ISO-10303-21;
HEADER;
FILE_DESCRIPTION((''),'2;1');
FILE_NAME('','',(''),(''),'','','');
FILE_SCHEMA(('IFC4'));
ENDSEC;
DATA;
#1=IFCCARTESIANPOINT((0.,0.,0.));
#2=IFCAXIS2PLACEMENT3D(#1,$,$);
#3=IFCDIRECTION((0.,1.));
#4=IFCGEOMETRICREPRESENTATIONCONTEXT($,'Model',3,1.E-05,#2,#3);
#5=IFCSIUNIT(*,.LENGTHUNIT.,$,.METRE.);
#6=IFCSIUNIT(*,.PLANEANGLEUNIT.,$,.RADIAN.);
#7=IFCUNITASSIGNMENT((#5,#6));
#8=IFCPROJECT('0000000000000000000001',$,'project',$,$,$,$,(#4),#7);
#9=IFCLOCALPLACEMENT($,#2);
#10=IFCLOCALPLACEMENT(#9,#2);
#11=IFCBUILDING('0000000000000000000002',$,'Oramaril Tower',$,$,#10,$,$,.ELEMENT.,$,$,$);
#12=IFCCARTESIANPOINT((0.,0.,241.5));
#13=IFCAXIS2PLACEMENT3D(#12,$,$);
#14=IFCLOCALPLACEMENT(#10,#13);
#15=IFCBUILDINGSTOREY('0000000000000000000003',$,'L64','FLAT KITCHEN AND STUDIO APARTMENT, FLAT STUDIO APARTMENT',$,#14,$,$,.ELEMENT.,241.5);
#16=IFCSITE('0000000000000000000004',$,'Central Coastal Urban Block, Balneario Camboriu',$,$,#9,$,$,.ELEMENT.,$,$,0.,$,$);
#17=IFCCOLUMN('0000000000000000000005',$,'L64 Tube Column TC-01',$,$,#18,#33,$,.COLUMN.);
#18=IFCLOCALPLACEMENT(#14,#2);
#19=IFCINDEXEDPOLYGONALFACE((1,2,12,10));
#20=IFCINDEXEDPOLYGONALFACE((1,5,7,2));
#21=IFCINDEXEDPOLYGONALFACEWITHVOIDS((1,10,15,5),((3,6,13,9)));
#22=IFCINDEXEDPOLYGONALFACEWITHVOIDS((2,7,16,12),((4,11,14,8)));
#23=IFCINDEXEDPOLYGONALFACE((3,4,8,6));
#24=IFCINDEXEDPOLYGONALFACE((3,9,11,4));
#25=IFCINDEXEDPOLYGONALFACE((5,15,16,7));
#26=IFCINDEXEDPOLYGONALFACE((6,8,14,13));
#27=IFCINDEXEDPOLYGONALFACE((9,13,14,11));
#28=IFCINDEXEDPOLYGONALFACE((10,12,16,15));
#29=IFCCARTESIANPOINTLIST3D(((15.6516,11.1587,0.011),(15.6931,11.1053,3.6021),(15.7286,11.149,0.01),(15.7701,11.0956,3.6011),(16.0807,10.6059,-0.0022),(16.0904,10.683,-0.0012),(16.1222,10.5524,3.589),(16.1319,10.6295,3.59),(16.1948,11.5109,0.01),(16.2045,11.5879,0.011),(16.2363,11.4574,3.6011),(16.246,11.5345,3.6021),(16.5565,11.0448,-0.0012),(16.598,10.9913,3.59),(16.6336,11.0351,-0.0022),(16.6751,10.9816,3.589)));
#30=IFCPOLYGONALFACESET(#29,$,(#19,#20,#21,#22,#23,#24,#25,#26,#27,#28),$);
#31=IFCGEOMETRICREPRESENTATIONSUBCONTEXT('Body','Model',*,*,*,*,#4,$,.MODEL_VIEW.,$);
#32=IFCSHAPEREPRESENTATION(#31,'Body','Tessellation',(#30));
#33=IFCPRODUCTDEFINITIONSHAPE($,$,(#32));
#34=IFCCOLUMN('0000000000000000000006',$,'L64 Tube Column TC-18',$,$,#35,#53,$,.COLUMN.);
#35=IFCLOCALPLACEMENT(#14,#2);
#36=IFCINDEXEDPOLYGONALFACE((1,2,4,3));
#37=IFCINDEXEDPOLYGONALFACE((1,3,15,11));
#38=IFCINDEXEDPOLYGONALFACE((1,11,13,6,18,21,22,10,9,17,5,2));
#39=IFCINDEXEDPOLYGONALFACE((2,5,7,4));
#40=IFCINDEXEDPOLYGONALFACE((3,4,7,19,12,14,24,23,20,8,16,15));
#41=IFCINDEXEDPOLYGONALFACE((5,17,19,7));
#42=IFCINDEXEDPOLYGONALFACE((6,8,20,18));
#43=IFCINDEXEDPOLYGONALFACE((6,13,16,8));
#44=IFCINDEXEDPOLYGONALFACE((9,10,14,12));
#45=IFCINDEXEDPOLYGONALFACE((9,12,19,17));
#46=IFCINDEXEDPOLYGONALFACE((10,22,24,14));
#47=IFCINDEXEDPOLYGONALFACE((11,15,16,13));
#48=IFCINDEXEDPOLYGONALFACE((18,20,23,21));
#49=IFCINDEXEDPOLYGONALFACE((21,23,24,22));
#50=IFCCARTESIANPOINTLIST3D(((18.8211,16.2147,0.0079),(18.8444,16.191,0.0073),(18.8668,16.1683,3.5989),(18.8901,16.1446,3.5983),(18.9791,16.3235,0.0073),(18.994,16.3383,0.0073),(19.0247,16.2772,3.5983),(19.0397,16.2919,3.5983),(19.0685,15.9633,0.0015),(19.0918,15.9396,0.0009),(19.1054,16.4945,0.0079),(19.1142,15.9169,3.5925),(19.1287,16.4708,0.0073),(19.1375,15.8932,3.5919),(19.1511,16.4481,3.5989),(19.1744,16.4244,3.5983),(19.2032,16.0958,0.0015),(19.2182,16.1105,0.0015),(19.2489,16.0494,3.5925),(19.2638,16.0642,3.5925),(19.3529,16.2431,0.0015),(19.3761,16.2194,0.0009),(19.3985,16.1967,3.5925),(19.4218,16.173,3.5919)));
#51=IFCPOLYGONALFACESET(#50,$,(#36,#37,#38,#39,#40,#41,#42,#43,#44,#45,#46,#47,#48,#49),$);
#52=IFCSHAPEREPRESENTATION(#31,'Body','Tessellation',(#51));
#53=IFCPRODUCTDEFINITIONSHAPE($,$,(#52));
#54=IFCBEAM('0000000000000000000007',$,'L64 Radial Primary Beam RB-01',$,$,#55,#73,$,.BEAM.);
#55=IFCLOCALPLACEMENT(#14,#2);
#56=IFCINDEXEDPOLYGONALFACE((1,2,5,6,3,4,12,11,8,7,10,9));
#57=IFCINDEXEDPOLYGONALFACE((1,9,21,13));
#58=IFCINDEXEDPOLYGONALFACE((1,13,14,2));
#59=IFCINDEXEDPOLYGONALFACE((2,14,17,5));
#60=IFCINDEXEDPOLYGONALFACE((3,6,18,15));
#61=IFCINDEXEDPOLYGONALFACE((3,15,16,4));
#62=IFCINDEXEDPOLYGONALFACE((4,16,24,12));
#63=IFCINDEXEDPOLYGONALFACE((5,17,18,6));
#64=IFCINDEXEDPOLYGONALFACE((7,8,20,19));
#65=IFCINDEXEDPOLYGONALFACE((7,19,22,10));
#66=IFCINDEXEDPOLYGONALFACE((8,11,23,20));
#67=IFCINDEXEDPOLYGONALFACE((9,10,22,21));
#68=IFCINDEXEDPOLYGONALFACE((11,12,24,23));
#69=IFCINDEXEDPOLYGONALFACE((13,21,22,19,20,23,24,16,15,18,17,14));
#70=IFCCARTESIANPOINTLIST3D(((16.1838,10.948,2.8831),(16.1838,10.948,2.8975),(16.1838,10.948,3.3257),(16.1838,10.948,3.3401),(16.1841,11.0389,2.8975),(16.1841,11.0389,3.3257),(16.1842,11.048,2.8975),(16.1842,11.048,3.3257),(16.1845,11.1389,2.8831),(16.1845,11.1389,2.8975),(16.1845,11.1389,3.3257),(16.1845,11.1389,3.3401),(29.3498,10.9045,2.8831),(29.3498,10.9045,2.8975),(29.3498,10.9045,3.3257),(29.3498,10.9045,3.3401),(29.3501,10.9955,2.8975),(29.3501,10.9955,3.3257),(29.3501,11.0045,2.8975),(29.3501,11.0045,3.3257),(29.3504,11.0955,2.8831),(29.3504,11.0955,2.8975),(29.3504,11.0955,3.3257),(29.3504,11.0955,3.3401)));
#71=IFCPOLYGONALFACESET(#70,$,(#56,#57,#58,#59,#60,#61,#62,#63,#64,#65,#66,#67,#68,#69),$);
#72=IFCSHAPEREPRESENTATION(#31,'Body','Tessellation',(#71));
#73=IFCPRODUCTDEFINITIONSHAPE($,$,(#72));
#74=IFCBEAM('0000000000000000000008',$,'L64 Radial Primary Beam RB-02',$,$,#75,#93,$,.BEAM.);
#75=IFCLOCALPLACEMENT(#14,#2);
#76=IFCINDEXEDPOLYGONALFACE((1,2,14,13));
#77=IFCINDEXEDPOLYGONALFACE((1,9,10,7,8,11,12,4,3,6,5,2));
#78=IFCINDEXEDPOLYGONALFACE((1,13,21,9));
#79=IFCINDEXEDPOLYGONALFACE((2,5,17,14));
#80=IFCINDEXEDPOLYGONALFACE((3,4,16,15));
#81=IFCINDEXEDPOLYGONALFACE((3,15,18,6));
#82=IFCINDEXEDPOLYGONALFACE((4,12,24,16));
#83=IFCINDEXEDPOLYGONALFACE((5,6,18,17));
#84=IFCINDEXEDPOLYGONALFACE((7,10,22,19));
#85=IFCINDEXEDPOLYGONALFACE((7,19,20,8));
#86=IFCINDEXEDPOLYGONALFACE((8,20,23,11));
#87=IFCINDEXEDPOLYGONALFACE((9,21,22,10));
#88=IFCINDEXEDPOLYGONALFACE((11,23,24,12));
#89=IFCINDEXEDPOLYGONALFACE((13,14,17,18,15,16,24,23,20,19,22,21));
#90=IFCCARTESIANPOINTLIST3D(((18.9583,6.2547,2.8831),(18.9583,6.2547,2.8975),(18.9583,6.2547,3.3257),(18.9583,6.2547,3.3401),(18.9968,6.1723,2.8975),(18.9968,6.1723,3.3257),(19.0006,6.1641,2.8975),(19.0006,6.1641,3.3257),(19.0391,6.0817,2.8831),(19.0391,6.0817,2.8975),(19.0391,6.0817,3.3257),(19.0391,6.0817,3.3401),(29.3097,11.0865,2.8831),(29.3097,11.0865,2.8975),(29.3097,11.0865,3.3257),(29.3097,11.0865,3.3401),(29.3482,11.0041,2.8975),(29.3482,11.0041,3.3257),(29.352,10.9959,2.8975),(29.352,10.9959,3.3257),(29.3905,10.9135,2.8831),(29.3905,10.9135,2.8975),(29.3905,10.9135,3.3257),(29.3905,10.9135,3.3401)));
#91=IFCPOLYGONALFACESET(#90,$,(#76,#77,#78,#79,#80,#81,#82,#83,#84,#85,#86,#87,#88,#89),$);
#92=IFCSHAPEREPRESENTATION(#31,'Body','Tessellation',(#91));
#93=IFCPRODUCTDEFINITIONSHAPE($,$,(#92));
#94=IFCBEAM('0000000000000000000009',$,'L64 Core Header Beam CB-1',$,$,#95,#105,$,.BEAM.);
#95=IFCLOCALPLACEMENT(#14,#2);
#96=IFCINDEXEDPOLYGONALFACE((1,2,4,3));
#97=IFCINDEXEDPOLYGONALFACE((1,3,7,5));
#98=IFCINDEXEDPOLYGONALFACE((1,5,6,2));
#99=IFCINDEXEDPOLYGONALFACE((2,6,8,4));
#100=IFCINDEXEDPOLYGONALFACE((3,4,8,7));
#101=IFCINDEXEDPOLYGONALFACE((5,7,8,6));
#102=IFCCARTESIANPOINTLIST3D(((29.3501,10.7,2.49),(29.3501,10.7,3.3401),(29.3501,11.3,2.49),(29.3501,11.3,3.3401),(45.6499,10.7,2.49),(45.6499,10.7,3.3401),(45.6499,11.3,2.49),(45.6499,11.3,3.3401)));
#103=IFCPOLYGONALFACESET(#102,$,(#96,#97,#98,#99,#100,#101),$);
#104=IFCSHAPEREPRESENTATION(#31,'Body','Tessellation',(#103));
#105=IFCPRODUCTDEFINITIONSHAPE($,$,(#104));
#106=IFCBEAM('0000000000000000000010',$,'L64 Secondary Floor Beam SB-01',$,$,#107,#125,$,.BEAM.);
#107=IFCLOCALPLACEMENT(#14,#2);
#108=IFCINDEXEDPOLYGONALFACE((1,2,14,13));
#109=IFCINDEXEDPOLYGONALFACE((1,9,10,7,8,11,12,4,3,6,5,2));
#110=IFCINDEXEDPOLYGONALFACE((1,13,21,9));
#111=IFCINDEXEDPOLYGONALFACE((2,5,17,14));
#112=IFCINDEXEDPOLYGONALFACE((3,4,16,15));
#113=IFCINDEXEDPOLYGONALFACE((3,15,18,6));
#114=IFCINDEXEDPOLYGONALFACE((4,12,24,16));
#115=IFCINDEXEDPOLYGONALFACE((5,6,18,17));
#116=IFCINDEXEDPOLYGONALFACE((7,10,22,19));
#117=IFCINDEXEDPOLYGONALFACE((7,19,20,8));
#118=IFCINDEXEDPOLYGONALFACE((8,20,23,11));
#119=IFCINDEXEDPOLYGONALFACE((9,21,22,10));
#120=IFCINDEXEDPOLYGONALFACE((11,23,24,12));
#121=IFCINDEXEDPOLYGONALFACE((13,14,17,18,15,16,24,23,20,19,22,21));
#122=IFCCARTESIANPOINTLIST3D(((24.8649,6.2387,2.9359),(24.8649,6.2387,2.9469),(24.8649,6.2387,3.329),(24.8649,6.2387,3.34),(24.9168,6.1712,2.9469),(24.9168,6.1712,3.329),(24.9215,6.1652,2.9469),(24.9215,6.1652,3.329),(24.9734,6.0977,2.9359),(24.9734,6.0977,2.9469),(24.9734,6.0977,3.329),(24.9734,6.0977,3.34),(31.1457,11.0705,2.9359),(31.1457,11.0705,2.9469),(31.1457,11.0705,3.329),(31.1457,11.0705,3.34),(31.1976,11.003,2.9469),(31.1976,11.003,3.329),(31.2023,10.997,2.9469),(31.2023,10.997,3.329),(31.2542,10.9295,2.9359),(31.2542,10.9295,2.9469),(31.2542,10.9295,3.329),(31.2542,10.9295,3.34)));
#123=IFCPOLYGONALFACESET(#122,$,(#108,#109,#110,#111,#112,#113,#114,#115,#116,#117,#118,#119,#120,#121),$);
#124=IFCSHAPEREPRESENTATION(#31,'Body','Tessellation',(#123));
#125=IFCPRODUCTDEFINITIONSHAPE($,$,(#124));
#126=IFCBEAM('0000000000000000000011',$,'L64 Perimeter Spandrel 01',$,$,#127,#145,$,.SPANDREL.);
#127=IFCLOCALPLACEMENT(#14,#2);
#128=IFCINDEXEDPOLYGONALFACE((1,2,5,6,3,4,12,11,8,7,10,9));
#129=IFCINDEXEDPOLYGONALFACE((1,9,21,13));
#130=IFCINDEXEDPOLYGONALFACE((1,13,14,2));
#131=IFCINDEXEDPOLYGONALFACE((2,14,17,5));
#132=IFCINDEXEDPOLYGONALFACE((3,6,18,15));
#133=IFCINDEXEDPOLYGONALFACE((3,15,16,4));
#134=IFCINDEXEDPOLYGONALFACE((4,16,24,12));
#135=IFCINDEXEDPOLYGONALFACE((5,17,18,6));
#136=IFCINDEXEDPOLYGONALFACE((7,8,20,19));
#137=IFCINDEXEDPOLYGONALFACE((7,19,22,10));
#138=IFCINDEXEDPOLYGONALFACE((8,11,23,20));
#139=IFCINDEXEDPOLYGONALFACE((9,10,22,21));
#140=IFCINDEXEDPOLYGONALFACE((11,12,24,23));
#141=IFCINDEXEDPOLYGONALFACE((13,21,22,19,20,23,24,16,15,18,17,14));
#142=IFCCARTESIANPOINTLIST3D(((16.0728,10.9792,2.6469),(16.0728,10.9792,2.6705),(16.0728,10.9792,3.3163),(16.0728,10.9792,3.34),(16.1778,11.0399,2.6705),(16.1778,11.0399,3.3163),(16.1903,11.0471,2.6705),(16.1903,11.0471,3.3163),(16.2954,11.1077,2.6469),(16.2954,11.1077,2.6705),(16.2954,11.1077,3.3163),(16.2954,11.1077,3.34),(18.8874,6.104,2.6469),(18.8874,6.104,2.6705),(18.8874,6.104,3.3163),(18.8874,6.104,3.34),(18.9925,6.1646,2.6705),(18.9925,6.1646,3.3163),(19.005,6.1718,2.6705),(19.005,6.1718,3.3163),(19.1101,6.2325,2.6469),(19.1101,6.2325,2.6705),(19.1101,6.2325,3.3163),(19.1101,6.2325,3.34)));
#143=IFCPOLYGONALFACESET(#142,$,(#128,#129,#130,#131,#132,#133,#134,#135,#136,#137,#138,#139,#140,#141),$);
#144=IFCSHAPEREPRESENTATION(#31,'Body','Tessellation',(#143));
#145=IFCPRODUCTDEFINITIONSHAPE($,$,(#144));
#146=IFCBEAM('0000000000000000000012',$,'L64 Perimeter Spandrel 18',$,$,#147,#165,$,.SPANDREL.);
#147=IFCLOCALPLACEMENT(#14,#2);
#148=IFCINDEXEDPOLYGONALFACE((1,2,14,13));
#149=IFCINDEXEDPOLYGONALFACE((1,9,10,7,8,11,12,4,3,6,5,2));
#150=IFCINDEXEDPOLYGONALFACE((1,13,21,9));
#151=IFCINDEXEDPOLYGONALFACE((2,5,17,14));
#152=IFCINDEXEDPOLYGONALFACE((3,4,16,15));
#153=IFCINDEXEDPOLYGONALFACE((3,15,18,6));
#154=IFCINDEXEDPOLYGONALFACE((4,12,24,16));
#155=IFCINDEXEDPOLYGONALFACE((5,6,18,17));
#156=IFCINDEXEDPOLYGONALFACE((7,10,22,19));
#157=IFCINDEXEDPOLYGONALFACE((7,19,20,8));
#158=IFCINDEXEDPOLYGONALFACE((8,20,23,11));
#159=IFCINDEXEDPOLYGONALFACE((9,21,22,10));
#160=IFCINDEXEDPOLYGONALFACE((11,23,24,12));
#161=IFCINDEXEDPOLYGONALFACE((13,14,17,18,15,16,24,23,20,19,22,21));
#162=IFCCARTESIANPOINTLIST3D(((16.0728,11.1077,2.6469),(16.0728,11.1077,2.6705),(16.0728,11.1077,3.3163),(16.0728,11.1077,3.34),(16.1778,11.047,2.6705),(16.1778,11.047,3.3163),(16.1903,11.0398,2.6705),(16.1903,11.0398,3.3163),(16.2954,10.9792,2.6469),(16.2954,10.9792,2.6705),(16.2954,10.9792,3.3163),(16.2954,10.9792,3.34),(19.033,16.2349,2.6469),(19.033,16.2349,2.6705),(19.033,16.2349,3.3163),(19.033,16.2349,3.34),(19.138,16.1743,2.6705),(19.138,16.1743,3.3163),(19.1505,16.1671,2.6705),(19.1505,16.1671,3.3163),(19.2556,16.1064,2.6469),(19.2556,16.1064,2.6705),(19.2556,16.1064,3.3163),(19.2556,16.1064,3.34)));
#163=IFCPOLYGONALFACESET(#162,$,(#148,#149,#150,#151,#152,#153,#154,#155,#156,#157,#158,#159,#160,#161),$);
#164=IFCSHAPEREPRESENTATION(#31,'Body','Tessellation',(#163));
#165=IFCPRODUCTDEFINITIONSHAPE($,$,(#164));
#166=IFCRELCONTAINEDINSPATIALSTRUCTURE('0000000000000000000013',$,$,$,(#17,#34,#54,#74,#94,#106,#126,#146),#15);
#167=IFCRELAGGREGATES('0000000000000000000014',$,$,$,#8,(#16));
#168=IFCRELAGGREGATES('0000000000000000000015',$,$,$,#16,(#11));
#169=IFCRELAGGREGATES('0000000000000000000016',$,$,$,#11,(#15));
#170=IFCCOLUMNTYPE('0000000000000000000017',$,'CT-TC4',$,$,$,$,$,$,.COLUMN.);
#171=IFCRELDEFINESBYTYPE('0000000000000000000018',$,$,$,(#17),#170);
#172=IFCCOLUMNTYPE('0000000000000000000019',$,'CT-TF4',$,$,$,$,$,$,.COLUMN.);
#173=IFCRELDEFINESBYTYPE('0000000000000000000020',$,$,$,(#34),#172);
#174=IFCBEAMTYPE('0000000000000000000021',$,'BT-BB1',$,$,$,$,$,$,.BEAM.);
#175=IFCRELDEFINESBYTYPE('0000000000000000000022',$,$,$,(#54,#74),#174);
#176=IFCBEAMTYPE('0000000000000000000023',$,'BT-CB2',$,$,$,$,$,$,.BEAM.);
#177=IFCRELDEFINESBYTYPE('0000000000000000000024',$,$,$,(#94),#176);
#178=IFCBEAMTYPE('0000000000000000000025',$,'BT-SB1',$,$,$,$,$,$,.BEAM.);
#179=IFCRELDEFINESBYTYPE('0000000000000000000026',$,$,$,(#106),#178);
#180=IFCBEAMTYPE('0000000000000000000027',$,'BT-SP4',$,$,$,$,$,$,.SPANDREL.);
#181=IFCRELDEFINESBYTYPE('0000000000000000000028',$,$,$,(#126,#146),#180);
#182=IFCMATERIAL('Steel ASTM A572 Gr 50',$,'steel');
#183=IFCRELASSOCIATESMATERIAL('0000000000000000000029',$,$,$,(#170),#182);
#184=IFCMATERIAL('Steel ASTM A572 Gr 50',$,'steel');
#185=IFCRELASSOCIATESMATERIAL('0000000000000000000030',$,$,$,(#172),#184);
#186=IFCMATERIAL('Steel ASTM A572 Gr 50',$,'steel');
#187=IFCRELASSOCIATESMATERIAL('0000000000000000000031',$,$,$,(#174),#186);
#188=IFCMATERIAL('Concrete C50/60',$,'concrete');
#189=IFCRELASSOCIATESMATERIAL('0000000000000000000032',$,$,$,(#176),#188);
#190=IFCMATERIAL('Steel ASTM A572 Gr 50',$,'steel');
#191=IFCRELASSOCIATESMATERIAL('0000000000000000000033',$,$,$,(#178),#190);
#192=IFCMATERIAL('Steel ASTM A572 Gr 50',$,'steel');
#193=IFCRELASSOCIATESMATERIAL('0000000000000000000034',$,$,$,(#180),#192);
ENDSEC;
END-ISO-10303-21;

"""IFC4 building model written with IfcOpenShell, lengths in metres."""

from ifc_helpers import new_model, si_unit, direction, frame, origin, origin_2d, place, context, subcontext, project, spatial, rectangle, hollow_rectangle, i_section, extrude, material, material_profile, profile_set, type_object, element, save


model = new_model("IFC4")

# Units and contexts
model_context = context("Model", 3, precision=1e-05, world=origin(), true_north=direction((0.0, 1.0)))
body_context = subcontext(model_context, "Body", "Model", "MODEL_VIEW")
ifc_project = project(units=[si_unit("LENGTHUNIT", "METRE"), si_unit("PLANEANGLEUNIT", "RADIAN")], contexts=[model_context])

# Site, building, storey
site_placement = place(None, origin())
site = spatial("IfcSite", under=ifc_project, at=site_placement, Name="Central Coastal Urban Block, Balneario Camboriu", CompositionType="ELEMENT", RefElevation=0.0)
building_placement = place(site_placement, origin())
building = spatial("IfcBuilding", under=site, at=building_placement, Name="Oramaril Tower", CompositionType="ELEMENT")
storey_placement = place(building_placement, frame((0.0, 0.0, 241.5)))
storey = spatial("IfcBuildingStorey", under=building, at=storey_placement, Name="L64", Description="FLAT KITCHEN AND STUDIO APARTMENT, FLAT STUDIO APARTMENT", CompositionType="ELEMENT", Elevation=241.5)

# Columns
ifc_material_1 = material(Name="Steel ASTM A572 Gr 50", Category="steel")
ifc_material_profile_1 = material_profile(ifc_material_1, hollow_rectangle(XDim=0.7, YDim=0.7, WallThickness=0.0549, at=origin_2d()), Name="BOX700X700X55")
ifc_profile_set_1 = profile_set([ifc_material_profile_1], Name="Steel ASTM A572 Gr 50")
column_type_1 = type_object("IfcColumnType", Name="CT-TC4", PredefinedType="COLUMN", material=ifc_profile_set_1)
column_1_placement = place(storey_placement, frame((16.1426, 11.0969, 0.0044), z_axis=(0.011555, -0.014886, 0.999822), x_axis=(0.789935, 0.613191, 0.0)))
element("IfcColumn", 1, at=column_1_placement, inside=storey, type_object=column_type_1, Name="L64 Tube Column TC-01", PredefinedType="COLUMN", context=body_context, shape_type="SweptSolid", body=[
    extrude(hollow_rectangle(XDim=0.7, YDim=0.7, WallThickness=0.0549, at=origin_2d()), origin(), (0.0, 0.0, 1.0), 3.5918),
])
ifc_material_2 = material(Name="Steel ASTM A572 Gr 50", Category="steel")
ifc_material_profile_2 = material_profile(ifc_material_2, i_section(OverallWidth=0.3989, OverallDepth=0.386, WebThickness=0.021, FlangeThickness=0.0332, at=origin_2d()), Name="W14X176")
ifc_profile_set_2 = profile_set([ifc_material_profile_2], Name="Steel ASTM A572 Gr 50")
column_type_2 = type_object("IfcColumnType", Name="CT-TF4", PredefinedType="COLUMN", material=ifc_profile_set_2)
column_2_placement = place(storey_placement, frame((19.0986, 16.217, 0.0044), z_axis=(0.012711, -0.012915, 0.999836), x_axis=(0.712711, 0.701458, 0.0)))
element("IfcColumn", 2, at=column_2_placement, inside=storey, type_object=column_type_2, Name="L64 Tube Column TC-18", PredefinedType="COLUMN", context=body_context, shape_type="SweptSolid", body=[
    extrude(i_section(OverallWidth=0.3989, OverallDepth=0.386, WebThickness=0.021, FlangeThickness=0.0332, at=origin_2d()), origin(), (0.0, 0.0, 1.0), 3.5916),
])

# Beams
ifc_material_3 = material(Name="Steel ASTM A572 Gr 50", Category="steel")
ifc_material_profile_3 = material_profile(ifc_material_3, i_section(OverallWidth=0.1909, OverallDepth=0.457, WebThickness=0.009, FlangeThickness=0.0144, at=origin_2d()), Name="W18X50")
ifc_profile_set_3 = profile_set([ifc_material_profile_3], Name="Steel ASTM A572 Gr 50")
beam_type_1 = type_object("IfcBeamType", Name="BT-BB1", PredefinedType="BEAM", material=ifc_profile_set_3)
beam_1_placement = place(storey_placement, frame((29.3501, 11.0, 3.1116), z_axis=(-0.999995, 0.003301, 0.0), x_axis=(-0.003301, -0.999995, 0.0)))
element("IfcBeam", 3, at=beam_1_placement, inside=storey, type_object=beam_type_1, Name="L64 Radial Primary Beam RB-01", PredefinedType="BEAM", context=body_context, shape_type="SweptSolid", body=[
    extrude(i_section(OverallWidth=0.1909, OverallDepth=0.457, WebThickness=0.009, FlangeThickness=0.0144, at=origin_2d()), origin(), (0.0, 0.0, 1.0), 13.166),
])
beam_2_placement = place(storey_placement, frame((29.3501, 11.0, 3.1116), z_axis=(-0.906144, -0.42297, 0.0), x_axis=(0.42297, -0.906144, 0.0)))
element("IfcBeam", 4, at=beam_2_placement, inside=storey, type_object=beam_type_1, Name="L64 Radial Primary Beam RB-02", PredefinedType="BEAM", context=body_context, shape_type="SweptSolid", body=[
    extrude(i_section(OverallWidth=0.1909, OverallDepth=0.457, WebThickness=0.009, FlangeThickness=0.0144, at=origin_2d()), origin(), (0.0, 0.0, 1.0), 11.4236),
])
ifc_material_4 = material(Name="Concrete C50/60", Category="concrete")
ifc_material_profile_4 = material_profile(ifc_material_4, rectangle(XDim=0.6001, YDim=0.8501, at=origin_2d()), Name="CB600X850")
ifc_profile_set_4 = profile_set([ifc_material_profile_4], Name="Concrete C50/60")
beam_type_2 = type_object("IfcBeamType", Name="BT-CB2", PredefinedType="BEAM", material=ifc_profile_set_4)
beam_3_placement = place(storey_placement, frame((29.3501, 11.0, 2.915), z_axis=(1.0, 0.0, 0.0), x_axis=(0.0, 1.0, 0.0)))
element("IfcBeam", 5, at=beam_3_placement, inside=storey, type_object=beam_type_2, Name="L64 Core Header Beam CB-1", PredefinedType="BEAM", context=body_context, shape_type="SweptSolid", body=[
    extrude(rectangle(XDim=0.6001, YDim=0.8501, at=origin_2d()), origin(), (0.0, 0.0, 1.0), 16.2998),
])
ifc_material_5 = material(Name="Steel ASTM A572 Gr 50", Category="steel")
ifc_material_profile_5 = material_profile(ifc_material_5, i_section(OverallWidth=0.178, OverallDepth=0.4041, WebThickness=0.0076, FlangeThickness=0.011, at=origin_2d()), Name="W16X36")
ifc_profile_set_5 = profile_set([ifc_material_profile_5], Name="Steel ASTM A572 Gr 50")
beam_type_3 = type_object("IfcBeamType", Name="BT-SB1", PredefinedType="BEAM", material=ifc_profile_set_5)
beam_4_placement = place(storey_placement, frame((31.2, 11.0, 3.1379), z_axis=(-0.792598, -0.609745, 0.0), x_axis=(0.609745, -0.792598, 0.0)))
element("IfcBeam", 6, at=beam_4_placement, inside=storey, type_object=beam_type_3, Name="L64 Secondary Floor Beam SB-01", PredefinedType="BEAM", context=body_context, shape_type="SweptSolid", body=[
    extrude(i_section(OverallWidth=0.178, OverallDepth=0.4041, WebThickness=0.0076, FlangeThickness=0.011, at=origin_2d()), origin(), (0.0, 0.0, 1.0), 7.9243),
])
ifc_material_6 = material(Name="Steel ASTM A572 Gr 50", Category="steel")
ifc_material_profile_6 = material_profile(ifc_material_6, i_section(OverallWidth=0.2571, OverallDepth=0.6931, WebThickness=0.0144, FlangeThickness=0.0237, at=origin_2d()), Name="W27X114")
ifc_profile_set_6 = profile_set([ifc_material_profile_6], Name="Steel ASTM A572 Gr 50")
beam_type_4 = type_object("IfcBeamType", Name="BT-SP4", PredefinedType="SPANDREL", material=ifc_profile_set_6)
beam_5_placement = place(storey_placement, frame((16.1841, 11.0435, 2.9934), z_axis=(0.499997, -0.866027, 0.0), x_axis=(0.866027, 0.499997, 0.0)))
element("IfcBeam", 7, at=beam_5_placement, inside=storey, type_object=beam_type_4, Name="L64 Perimeter Spandrel 01", PredefinedType="SPANDREL", context=body_context, shape_type="SweptSolid", body=[
    extrude(i_section(OverallWidth=0.2571, OverallDepth=0.6931, WebThickness=0.0144, FlangeThickness=0.0237, at=origin_2d()), origin(), (0.0, 0.0, 1.0), 5.6294),
])
beam_6_placement = place(storey_placement, frame((19.1443, 16.1707, 2.9934), z_axis=(-0.500002, -0.866024, 0.0), x_axis=(0.866024, -0.500002, 0.0)))
element("IfcBeam", 8, at=beam_6_placement, inside=storey, type_object=beam_type_4, Name="L64 Perimeter Spandrel 18", PredefinedType="SPANDREL", context=body_context, shape_type="SweptSolid", body=[
    extrude(i_section(OverallWidth=0.2571, OverallDepth=0.6931, WebThickness=0.0144, FlangeThickness=0.0237, at=origin_2d()), origin(), (0.0, 0.0, 1.0), 5.9204),
])

save(model, "model.ifc")
